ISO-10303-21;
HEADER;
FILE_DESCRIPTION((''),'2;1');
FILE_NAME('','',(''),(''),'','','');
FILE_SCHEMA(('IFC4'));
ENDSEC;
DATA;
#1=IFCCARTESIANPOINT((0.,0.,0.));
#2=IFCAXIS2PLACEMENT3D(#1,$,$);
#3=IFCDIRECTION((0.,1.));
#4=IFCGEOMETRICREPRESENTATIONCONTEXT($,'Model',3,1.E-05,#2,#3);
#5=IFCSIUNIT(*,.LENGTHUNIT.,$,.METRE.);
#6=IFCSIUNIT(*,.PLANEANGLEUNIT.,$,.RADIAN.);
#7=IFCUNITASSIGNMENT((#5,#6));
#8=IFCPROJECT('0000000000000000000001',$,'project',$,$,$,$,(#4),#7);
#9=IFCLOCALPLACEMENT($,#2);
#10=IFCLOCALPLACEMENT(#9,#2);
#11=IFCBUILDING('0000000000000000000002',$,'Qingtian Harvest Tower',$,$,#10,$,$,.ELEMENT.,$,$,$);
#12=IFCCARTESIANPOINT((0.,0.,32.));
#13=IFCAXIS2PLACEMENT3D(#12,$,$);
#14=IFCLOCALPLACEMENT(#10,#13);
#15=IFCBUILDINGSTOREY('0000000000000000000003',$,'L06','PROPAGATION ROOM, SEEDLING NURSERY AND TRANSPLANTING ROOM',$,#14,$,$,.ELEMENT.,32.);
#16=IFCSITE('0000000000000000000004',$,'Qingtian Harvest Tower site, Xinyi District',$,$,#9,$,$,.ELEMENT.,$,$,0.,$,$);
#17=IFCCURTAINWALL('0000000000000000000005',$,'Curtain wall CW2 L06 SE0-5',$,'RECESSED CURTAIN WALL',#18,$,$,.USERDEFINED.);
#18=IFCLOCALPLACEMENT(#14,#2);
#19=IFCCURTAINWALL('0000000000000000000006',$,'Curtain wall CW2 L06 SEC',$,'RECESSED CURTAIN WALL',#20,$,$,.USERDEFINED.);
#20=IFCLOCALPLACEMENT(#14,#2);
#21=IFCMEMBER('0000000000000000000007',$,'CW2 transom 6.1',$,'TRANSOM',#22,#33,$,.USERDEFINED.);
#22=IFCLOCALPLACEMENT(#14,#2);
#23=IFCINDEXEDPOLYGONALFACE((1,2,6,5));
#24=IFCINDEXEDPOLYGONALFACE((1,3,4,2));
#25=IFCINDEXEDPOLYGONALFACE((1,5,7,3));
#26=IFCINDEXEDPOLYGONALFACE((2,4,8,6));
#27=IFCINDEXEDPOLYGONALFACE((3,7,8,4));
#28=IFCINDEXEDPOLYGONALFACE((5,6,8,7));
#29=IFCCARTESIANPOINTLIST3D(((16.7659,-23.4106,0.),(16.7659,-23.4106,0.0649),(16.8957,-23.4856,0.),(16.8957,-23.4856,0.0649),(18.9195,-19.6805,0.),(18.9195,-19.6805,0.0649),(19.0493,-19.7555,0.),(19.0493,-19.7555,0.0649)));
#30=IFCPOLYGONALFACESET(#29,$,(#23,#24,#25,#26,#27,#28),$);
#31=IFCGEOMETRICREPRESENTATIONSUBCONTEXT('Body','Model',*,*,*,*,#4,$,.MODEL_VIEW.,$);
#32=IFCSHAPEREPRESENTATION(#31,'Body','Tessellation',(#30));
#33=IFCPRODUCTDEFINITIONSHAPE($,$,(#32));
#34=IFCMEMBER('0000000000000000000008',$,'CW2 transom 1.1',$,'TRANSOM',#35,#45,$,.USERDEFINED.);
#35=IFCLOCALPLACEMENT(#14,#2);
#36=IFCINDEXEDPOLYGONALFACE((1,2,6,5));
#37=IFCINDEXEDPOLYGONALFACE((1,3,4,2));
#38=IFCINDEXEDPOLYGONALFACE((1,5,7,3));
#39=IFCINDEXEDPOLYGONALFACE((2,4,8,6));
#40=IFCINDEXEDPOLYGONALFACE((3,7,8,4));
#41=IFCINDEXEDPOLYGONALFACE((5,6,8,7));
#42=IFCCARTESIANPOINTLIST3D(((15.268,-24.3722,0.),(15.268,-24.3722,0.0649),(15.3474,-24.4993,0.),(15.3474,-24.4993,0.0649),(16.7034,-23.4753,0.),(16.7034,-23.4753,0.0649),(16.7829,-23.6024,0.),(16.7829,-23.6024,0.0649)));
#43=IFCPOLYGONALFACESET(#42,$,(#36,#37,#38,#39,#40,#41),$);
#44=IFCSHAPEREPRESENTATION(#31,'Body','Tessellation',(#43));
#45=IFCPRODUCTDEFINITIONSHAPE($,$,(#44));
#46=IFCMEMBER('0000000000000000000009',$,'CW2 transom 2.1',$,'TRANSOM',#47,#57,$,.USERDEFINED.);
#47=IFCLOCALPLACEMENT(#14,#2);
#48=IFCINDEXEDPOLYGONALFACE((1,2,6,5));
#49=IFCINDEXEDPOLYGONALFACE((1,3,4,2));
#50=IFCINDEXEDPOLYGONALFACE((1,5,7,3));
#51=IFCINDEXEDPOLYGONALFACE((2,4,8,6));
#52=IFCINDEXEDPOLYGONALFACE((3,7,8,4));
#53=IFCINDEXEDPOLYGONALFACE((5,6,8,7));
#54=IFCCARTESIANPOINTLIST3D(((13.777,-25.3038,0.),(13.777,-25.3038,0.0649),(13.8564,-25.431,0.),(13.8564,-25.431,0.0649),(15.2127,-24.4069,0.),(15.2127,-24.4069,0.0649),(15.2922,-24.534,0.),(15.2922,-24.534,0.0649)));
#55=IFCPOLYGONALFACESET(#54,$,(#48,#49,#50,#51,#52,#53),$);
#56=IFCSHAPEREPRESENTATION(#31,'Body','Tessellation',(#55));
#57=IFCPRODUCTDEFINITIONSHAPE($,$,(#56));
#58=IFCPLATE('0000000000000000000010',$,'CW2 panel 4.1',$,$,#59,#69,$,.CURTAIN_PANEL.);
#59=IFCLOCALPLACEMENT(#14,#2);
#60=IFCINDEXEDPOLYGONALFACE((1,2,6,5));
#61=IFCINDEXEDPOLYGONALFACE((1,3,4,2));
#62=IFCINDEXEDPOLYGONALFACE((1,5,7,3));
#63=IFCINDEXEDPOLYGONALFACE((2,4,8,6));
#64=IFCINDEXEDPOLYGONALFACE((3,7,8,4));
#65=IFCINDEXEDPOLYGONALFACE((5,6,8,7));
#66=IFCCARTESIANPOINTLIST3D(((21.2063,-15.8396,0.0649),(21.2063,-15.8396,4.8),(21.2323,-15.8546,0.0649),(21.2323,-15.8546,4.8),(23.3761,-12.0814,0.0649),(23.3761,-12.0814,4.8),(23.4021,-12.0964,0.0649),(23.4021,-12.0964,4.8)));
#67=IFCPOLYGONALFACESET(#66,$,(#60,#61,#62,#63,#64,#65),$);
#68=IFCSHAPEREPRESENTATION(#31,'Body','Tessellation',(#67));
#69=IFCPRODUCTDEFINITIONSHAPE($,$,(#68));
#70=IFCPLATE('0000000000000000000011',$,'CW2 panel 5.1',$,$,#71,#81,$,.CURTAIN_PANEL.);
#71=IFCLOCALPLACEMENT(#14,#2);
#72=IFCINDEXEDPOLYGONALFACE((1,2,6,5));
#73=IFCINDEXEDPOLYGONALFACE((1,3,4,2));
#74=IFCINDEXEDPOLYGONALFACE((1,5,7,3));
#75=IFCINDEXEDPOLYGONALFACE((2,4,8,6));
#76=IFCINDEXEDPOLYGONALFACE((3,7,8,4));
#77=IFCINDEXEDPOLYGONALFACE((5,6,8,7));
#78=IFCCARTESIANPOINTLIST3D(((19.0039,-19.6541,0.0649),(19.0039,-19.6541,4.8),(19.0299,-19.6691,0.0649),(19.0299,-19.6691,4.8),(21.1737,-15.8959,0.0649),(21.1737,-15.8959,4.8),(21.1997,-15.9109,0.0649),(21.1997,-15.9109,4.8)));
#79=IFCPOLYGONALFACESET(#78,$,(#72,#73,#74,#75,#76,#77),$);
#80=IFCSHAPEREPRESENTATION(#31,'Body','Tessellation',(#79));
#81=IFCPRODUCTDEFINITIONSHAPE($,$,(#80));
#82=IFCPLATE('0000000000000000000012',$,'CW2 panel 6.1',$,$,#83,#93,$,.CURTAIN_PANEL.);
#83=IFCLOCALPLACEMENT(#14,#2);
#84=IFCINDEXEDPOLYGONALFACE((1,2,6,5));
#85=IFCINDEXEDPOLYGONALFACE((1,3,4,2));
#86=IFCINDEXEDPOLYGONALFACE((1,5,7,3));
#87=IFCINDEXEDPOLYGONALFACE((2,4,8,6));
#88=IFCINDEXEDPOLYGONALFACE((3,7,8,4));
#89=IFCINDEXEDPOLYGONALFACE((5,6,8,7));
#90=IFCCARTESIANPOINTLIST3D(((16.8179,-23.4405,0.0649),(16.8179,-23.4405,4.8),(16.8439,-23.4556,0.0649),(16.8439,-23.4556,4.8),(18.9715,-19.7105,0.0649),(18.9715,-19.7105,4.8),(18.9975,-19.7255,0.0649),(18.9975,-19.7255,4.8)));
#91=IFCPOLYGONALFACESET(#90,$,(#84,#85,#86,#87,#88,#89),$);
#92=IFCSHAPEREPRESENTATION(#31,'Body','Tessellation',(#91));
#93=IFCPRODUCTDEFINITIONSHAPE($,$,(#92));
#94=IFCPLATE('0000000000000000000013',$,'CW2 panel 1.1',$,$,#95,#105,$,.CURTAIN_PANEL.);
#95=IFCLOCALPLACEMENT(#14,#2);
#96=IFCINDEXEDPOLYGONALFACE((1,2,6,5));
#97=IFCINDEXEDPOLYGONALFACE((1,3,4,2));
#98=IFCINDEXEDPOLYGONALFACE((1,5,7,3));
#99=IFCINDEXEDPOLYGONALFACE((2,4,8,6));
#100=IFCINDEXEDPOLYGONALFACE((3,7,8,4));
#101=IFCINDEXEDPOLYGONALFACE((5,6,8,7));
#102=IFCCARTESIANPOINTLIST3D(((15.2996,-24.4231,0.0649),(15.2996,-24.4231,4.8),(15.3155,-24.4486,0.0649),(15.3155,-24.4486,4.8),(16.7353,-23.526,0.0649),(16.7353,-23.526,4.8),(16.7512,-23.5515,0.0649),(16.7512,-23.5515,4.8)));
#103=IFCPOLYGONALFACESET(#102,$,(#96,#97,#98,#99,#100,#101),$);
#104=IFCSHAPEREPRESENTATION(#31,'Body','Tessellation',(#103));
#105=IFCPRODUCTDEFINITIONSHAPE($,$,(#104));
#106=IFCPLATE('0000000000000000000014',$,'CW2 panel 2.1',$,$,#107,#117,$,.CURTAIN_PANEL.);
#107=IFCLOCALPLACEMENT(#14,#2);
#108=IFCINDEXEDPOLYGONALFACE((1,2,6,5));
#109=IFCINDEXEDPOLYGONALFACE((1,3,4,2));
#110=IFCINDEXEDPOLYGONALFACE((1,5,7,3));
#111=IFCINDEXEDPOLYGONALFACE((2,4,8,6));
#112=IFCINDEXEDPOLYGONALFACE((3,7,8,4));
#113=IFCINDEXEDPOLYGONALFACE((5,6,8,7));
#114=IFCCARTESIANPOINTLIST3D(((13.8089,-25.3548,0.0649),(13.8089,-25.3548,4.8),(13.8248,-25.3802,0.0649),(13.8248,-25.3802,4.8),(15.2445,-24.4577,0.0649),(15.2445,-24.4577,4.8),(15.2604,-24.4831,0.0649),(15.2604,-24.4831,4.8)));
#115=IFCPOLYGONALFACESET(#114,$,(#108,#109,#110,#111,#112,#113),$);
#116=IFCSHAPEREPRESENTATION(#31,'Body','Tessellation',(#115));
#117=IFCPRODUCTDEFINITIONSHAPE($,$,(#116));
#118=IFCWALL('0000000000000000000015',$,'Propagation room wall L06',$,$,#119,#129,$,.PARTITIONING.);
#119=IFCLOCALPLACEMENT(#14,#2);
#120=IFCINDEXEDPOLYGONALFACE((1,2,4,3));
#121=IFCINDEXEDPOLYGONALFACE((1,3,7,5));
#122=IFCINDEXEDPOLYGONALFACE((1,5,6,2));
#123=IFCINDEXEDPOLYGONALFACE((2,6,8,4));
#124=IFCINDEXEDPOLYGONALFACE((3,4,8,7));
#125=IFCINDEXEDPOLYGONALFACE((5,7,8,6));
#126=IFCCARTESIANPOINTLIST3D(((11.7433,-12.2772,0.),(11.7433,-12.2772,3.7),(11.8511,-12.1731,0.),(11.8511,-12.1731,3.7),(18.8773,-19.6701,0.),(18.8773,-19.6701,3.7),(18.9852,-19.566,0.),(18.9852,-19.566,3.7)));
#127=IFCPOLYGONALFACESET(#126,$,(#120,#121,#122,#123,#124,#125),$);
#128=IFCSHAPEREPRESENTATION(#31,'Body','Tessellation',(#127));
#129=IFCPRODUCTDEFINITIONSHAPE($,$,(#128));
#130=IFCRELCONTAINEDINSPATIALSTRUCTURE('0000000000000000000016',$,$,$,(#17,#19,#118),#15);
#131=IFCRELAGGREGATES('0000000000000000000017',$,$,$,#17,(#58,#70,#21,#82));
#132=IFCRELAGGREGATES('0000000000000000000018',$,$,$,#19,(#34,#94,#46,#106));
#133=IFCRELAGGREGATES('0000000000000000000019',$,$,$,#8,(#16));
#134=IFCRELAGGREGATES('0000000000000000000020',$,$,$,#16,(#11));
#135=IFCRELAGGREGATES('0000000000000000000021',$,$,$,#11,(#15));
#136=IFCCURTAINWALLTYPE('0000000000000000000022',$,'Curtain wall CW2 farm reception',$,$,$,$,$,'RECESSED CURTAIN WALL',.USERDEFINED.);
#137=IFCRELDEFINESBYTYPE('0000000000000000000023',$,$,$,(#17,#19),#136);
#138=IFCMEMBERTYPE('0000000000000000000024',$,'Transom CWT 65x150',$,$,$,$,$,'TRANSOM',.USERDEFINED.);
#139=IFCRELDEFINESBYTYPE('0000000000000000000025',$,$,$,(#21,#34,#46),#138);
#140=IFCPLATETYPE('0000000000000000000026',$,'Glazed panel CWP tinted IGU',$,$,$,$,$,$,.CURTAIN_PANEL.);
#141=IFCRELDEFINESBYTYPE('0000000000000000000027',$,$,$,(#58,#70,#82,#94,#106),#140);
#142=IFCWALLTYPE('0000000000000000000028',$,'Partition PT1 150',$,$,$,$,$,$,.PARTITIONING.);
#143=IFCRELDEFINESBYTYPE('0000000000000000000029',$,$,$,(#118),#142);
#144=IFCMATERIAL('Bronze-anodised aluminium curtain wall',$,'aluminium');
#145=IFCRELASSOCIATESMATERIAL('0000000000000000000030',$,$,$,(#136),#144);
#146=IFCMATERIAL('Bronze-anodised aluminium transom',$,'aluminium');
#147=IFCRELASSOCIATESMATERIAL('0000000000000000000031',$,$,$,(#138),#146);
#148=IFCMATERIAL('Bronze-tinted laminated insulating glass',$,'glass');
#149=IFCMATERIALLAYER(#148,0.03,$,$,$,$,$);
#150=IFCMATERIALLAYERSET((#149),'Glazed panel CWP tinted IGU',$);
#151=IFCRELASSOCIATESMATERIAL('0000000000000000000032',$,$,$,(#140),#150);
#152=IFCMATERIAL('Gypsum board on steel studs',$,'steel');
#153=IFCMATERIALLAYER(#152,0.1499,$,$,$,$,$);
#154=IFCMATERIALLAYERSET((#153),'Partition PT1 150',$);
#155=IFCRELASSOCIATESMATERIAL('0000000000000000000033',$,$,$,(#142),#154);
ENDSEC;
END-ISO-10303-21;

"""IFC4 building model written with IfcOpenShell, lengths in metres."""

from ifc_helpers import new_model, si_unit, direction, frame, frame_2d, origin, origin_2d, place, context, subcontext, project, spatial, rectangle, extrude, material, layer, layer_set, material_profile, profile_set, type_object, element, aggregate, save


model = new_model("IFC4")

# Units and contexts
model_context = context("Model", 3, precision=1e-05, world=origin(), true_north=direction((0.0, 1.0)))
body_context = subcontext(model_context, "Body", "Model", "MODEL_VIEW")
ifc_project = project(units=[si_unit("LENGTHUNIT", "METRE"), si_unit("PLANEANGLEUNIT", "RADIAN")], contexts=[model_context])

# Site, building, storey
site_placement = place(None, origin())
site = spatial("IfcSite", under=ifc_project, at=site_placement, Name="Qingtian Harvest Tower site, Xinyi District", CompositionType="ELEMENT", RefElevation=0.0)
building_placement = place(site_placement, origin())
building = spatial("IfcBuilding", under=site, at=building_placement, Name="Qingtian Harvest Tower", CompositionType="ELEMENT")
storey_placement = place(building_placement, frame((0.0, 0.0, 32.0)))
storey = spatial("IfcBuildingStorey", under=building, at=storey_placement, Name="L06", Description="PROPAGATION ROOM, SEEDLING NURSERY AND TRANSPLANTING ROOM", CompositionType="ELEMENT", Elevation=32.0)

# Curtain walls
ifc_material_1 = material(Name="Bronze-anodised aluminium curtain wall", Category="aluminium")
curtain_wall_type = type_object("IfcCurtainWallType", Name="Curtain wall CW2 farm reception", ElementType="RECESSED CURTAIN WALL", PredefinedType="USERDEFINED", material=ifc_material_1)
curtain_wall_1_placement = place(storey_placement, origin())
curtain_wall_1 = element("IfcCurtainWall", 1, at=curtain_wall_1_placement, inside=storey, type_object=curtain_wall_type, Name="Curtain wall CW2 L06 SE0-5", ObjectType="RECESSED CURTAIN WALL", PredefinedType="USERDEFINED")
curtain_wall_2_placement = place(storey_placement, origin())
curtain_wall_2 = element("IfcCurtainWall", 2, at=curtain_wall_2_placement, inside=storey, type_object=curtain_wall_type, Name="Curtain wall CW2 L06 SEC", ObjectType="RECESSED CURTAIN WALL", PredefinedType="USERDEFINED")

# Members
ifc_material_2 = material(Name="Bronze-anodised aluminium transom", Category="aluminium")
ifc_material_profile_1 = material_profile(ifc_material_2, rectangle(XDim=0.1499, YDim=0.0649, at=origin_2d()), Name="AL 65x150")
ifc_profile_set_1 = profile_set([ifc_material_profile_1], Name="Bronze-anodised aluminium transom")
member_type_1 = type_object("IfcMemberType", Name="Transom CWT 65x150", ElementType="TRANSOM", PredefinedType="USERDEFINED", material=ifc_profile_set_1)
member_1_placement = place(storey_placement, frame((18.9844, -19.718, 0.0325), z_axis=(-0.50001, -0.866019, 0.0), x_axis=(0.866019, -0.50001, 0.0)))
member_1 = element("IfcMember", 3, at=member_1_placement, type_object=member_type_1, Name="CW2 transom 6.1", ObjectType="TRANSOM", PredefinedType="USERDEFINED", context=body_context, shape_type="SweptSolid", body=[
    extrude(rectangle(XDim=0.1499, YDim=0.0649, at=origin_2d()), origin(), (0.0, 0.0, 1.0), 4.3071),
])
member_2_placement = place(storey_placement, frame((16.7432, -23.5388, 0.0325), z_axis=(-0.848063, -0.529895, 0.0), x_axis=(0.529895, -0.848063, 0.0)))
member_2 = element("IfcMember", 4, at=member_2_placement, type_object=member_type_1, Name="CW2 transom 1.1", ObjectType="TRANSOM", PredefinedType="USERDEFINED", context=body_context, shape_type="SweptSolid", body=[
    extrude(rectangle(XDim=0.1499, YDim=0.0649, at=origin_2d()), origin(), (0.0, 0.0, 1.0), 1.6926),
])
member_3_placement = place(storey_placement, frame((15.2524, -24.4705, 0.0325), z_axis=(-0.848104, -0.52983, 0.0), x_axis=(0.52983, -0.848104, 0.0)))
member_3 = element("IfcMember", 5, at=member_3_placement, type_object=member_type_1, Name="CW2 transom 2.1", ObjectType="TRANSOM", PredefinedType="USERDEFINED", context=body_context, shape_type="SweptSolid", body=[
    extrude(rectangle(XDim=0.1499, YDim=0.0649, at=origin_2d()), origin(), (0.0, 0.0, 1.0), 1.6929),
])

# Plates
ifc_material_3 = material(Name="Bronze-tinted laminated insulating glass", Category="glass")
ifc_layer_1 = layer(ifc_material_3, 0.03)
ifc_layer_set_1 = layer_set([ifc_layer_1], Name="Glazed panel CWP tinted IGU")
plate_type = type_object("IfcPlateType", Name="Glazed panel CWP tinted IGU", PredefinedType="CURTAIN_PANEL", material=ifc_layer_set_1)
plate_1_placement = place(storey_placement, frame((22.3042, -13.968, 0.0649), z_axis=(0.0, 0.0, 1.0), x_axis=(-0.5, -0.866025, 0.0)))
plate_1 = element("IfcPlate", 6, at=plate_1_placement, type_object=plate_type, Name="CW2 panel 4.1", PredefinedType="CURTAIN_PANEL", context=body_context, shape_type="SweptSolid", body=[
    extrude(rectangle(XDim=4.3396, YDim=0.03, at=origin_2d()), origin(), (0.0, 0.0, 1.0), 4.7351),
])
plate_2_placement = place(storey_placement, frame((20.1018, -17.7825, 0.0649), z_axis=(0.0, 0.0, 1.0), x_axis=(-0.5, -0.866025, 0.0)))
plate_2 = element("IfcPlate", 7, at=plate_2_placement, type_object=plate_type, Name="CW2 panel 5.1", PredefinedType="CURTAIN_PANEL", context=body_context, shape_type="SweptSolid", body=[
    extrude(rectangle(XDim=4.3396, YDim=0.03, at=origin_2d()), origin(), (0.0, 0.0, 1.0), 4.7351),
])
plate_3_placement = place(storey_placement, frame((17.9077, -21.583, 0.0649), z_axis=(0.0, 0.0, 1.0), x_axis=(-0.5, -0.866025, 0.0)))
plate_3 = element("IfcPlate", 8, at=plate_3_placement, type_object=plate_type, Name="CW2 panel 6.1", PredefinedType="CURTAIN_PANEL", context=body_context, shape_type="SweptSolid", body=[
    extrude(rectangle(XDim=4.3071, YDim=0.03, at=origin_2d()), origin(), (0.0, 0.0, 1.0), 4.7351),
])
aggregate(curtain_wall_1, [plate_1, plate_2, member_1, plate_3])
plate_4_placement = place(storey_placement, frame((16.0254, -23.9873, 0.0649), z_axis=(0.0, 0.0, 1.0), x_axis=(-0.848048, -0.529919, 0.0)))
plate_4 = element("IfcPlate", 9, at=plate_4_placement, type_object=plate_type, Name="CW2 panel 1.1", PredefinedType="CURTAIN_PANEL", context=body_context, shape_type="SweptSolid", body=[
    extrude(rectangle(XDim=1.6929, YDim=0.03, at=origin_2d()), origin(), (0.0, 0.0, 1.0), 4.7351),
])
plate_5_placement = place(storey_placement, frame((14.5347, -24.9189, 0.0649), z_axis=(0.0, 0.0, 1.0), x_axis=(-0.848048, -0.529919, 0.0)))
plate_5 = element("IfcPlate", 10, at=plate_5_placement, type_object=plate_type, Name="CW2 panel 2.1", PredefinedType="CURTAIN_PANEL", context=body_context, shape_type="SweptSolid", body=[
    extrude(rectangle(XDim=1.6929, YDim=0.03, at=origin_2d()), origin(), (0.0, 0.0, 1.0), 4.7351),
])
aggregate(curtain_wall_2, [member_2, plate_4, member_3, plate_5])

# Wall
ifc_material_4 = material(Name="Gypsum board on steel studs", Category="steel")
ifc_layer_2 = layer(ifc_material_4, 0.1499)
ifc_layer_set_2 = layer_set([ifc_layer_2], Name="Partition PT1 150")
wall_type = type_object("IfcWallType", Name="Partition PT1 150", PredefinedType="PARTITIONING", material=ifc_layer_set_2)
wall_placement = place(storey_placement, frame((18.9312, -19.6179, 0.0), z_axis=(0.0, 0.0, 1.0), x_axis=(-0.6944, 0.719589, 0.0)))
element("IfcWall", 11, at=wall_placement, inside=storey, type_object=wall_type, Name="Propagation room wall L06", PredefinedType="PARTITIONING", context=body_context, shape_type="SweptSolid", body=[
    extrude(rectangle(XDim=10.2737, YDim=0.1499, at=frame_2d((5.1367, 0.0))), origin(), (0.0, 0.0, 1.0), 3.7),
])

save(model, "model.ifc")
